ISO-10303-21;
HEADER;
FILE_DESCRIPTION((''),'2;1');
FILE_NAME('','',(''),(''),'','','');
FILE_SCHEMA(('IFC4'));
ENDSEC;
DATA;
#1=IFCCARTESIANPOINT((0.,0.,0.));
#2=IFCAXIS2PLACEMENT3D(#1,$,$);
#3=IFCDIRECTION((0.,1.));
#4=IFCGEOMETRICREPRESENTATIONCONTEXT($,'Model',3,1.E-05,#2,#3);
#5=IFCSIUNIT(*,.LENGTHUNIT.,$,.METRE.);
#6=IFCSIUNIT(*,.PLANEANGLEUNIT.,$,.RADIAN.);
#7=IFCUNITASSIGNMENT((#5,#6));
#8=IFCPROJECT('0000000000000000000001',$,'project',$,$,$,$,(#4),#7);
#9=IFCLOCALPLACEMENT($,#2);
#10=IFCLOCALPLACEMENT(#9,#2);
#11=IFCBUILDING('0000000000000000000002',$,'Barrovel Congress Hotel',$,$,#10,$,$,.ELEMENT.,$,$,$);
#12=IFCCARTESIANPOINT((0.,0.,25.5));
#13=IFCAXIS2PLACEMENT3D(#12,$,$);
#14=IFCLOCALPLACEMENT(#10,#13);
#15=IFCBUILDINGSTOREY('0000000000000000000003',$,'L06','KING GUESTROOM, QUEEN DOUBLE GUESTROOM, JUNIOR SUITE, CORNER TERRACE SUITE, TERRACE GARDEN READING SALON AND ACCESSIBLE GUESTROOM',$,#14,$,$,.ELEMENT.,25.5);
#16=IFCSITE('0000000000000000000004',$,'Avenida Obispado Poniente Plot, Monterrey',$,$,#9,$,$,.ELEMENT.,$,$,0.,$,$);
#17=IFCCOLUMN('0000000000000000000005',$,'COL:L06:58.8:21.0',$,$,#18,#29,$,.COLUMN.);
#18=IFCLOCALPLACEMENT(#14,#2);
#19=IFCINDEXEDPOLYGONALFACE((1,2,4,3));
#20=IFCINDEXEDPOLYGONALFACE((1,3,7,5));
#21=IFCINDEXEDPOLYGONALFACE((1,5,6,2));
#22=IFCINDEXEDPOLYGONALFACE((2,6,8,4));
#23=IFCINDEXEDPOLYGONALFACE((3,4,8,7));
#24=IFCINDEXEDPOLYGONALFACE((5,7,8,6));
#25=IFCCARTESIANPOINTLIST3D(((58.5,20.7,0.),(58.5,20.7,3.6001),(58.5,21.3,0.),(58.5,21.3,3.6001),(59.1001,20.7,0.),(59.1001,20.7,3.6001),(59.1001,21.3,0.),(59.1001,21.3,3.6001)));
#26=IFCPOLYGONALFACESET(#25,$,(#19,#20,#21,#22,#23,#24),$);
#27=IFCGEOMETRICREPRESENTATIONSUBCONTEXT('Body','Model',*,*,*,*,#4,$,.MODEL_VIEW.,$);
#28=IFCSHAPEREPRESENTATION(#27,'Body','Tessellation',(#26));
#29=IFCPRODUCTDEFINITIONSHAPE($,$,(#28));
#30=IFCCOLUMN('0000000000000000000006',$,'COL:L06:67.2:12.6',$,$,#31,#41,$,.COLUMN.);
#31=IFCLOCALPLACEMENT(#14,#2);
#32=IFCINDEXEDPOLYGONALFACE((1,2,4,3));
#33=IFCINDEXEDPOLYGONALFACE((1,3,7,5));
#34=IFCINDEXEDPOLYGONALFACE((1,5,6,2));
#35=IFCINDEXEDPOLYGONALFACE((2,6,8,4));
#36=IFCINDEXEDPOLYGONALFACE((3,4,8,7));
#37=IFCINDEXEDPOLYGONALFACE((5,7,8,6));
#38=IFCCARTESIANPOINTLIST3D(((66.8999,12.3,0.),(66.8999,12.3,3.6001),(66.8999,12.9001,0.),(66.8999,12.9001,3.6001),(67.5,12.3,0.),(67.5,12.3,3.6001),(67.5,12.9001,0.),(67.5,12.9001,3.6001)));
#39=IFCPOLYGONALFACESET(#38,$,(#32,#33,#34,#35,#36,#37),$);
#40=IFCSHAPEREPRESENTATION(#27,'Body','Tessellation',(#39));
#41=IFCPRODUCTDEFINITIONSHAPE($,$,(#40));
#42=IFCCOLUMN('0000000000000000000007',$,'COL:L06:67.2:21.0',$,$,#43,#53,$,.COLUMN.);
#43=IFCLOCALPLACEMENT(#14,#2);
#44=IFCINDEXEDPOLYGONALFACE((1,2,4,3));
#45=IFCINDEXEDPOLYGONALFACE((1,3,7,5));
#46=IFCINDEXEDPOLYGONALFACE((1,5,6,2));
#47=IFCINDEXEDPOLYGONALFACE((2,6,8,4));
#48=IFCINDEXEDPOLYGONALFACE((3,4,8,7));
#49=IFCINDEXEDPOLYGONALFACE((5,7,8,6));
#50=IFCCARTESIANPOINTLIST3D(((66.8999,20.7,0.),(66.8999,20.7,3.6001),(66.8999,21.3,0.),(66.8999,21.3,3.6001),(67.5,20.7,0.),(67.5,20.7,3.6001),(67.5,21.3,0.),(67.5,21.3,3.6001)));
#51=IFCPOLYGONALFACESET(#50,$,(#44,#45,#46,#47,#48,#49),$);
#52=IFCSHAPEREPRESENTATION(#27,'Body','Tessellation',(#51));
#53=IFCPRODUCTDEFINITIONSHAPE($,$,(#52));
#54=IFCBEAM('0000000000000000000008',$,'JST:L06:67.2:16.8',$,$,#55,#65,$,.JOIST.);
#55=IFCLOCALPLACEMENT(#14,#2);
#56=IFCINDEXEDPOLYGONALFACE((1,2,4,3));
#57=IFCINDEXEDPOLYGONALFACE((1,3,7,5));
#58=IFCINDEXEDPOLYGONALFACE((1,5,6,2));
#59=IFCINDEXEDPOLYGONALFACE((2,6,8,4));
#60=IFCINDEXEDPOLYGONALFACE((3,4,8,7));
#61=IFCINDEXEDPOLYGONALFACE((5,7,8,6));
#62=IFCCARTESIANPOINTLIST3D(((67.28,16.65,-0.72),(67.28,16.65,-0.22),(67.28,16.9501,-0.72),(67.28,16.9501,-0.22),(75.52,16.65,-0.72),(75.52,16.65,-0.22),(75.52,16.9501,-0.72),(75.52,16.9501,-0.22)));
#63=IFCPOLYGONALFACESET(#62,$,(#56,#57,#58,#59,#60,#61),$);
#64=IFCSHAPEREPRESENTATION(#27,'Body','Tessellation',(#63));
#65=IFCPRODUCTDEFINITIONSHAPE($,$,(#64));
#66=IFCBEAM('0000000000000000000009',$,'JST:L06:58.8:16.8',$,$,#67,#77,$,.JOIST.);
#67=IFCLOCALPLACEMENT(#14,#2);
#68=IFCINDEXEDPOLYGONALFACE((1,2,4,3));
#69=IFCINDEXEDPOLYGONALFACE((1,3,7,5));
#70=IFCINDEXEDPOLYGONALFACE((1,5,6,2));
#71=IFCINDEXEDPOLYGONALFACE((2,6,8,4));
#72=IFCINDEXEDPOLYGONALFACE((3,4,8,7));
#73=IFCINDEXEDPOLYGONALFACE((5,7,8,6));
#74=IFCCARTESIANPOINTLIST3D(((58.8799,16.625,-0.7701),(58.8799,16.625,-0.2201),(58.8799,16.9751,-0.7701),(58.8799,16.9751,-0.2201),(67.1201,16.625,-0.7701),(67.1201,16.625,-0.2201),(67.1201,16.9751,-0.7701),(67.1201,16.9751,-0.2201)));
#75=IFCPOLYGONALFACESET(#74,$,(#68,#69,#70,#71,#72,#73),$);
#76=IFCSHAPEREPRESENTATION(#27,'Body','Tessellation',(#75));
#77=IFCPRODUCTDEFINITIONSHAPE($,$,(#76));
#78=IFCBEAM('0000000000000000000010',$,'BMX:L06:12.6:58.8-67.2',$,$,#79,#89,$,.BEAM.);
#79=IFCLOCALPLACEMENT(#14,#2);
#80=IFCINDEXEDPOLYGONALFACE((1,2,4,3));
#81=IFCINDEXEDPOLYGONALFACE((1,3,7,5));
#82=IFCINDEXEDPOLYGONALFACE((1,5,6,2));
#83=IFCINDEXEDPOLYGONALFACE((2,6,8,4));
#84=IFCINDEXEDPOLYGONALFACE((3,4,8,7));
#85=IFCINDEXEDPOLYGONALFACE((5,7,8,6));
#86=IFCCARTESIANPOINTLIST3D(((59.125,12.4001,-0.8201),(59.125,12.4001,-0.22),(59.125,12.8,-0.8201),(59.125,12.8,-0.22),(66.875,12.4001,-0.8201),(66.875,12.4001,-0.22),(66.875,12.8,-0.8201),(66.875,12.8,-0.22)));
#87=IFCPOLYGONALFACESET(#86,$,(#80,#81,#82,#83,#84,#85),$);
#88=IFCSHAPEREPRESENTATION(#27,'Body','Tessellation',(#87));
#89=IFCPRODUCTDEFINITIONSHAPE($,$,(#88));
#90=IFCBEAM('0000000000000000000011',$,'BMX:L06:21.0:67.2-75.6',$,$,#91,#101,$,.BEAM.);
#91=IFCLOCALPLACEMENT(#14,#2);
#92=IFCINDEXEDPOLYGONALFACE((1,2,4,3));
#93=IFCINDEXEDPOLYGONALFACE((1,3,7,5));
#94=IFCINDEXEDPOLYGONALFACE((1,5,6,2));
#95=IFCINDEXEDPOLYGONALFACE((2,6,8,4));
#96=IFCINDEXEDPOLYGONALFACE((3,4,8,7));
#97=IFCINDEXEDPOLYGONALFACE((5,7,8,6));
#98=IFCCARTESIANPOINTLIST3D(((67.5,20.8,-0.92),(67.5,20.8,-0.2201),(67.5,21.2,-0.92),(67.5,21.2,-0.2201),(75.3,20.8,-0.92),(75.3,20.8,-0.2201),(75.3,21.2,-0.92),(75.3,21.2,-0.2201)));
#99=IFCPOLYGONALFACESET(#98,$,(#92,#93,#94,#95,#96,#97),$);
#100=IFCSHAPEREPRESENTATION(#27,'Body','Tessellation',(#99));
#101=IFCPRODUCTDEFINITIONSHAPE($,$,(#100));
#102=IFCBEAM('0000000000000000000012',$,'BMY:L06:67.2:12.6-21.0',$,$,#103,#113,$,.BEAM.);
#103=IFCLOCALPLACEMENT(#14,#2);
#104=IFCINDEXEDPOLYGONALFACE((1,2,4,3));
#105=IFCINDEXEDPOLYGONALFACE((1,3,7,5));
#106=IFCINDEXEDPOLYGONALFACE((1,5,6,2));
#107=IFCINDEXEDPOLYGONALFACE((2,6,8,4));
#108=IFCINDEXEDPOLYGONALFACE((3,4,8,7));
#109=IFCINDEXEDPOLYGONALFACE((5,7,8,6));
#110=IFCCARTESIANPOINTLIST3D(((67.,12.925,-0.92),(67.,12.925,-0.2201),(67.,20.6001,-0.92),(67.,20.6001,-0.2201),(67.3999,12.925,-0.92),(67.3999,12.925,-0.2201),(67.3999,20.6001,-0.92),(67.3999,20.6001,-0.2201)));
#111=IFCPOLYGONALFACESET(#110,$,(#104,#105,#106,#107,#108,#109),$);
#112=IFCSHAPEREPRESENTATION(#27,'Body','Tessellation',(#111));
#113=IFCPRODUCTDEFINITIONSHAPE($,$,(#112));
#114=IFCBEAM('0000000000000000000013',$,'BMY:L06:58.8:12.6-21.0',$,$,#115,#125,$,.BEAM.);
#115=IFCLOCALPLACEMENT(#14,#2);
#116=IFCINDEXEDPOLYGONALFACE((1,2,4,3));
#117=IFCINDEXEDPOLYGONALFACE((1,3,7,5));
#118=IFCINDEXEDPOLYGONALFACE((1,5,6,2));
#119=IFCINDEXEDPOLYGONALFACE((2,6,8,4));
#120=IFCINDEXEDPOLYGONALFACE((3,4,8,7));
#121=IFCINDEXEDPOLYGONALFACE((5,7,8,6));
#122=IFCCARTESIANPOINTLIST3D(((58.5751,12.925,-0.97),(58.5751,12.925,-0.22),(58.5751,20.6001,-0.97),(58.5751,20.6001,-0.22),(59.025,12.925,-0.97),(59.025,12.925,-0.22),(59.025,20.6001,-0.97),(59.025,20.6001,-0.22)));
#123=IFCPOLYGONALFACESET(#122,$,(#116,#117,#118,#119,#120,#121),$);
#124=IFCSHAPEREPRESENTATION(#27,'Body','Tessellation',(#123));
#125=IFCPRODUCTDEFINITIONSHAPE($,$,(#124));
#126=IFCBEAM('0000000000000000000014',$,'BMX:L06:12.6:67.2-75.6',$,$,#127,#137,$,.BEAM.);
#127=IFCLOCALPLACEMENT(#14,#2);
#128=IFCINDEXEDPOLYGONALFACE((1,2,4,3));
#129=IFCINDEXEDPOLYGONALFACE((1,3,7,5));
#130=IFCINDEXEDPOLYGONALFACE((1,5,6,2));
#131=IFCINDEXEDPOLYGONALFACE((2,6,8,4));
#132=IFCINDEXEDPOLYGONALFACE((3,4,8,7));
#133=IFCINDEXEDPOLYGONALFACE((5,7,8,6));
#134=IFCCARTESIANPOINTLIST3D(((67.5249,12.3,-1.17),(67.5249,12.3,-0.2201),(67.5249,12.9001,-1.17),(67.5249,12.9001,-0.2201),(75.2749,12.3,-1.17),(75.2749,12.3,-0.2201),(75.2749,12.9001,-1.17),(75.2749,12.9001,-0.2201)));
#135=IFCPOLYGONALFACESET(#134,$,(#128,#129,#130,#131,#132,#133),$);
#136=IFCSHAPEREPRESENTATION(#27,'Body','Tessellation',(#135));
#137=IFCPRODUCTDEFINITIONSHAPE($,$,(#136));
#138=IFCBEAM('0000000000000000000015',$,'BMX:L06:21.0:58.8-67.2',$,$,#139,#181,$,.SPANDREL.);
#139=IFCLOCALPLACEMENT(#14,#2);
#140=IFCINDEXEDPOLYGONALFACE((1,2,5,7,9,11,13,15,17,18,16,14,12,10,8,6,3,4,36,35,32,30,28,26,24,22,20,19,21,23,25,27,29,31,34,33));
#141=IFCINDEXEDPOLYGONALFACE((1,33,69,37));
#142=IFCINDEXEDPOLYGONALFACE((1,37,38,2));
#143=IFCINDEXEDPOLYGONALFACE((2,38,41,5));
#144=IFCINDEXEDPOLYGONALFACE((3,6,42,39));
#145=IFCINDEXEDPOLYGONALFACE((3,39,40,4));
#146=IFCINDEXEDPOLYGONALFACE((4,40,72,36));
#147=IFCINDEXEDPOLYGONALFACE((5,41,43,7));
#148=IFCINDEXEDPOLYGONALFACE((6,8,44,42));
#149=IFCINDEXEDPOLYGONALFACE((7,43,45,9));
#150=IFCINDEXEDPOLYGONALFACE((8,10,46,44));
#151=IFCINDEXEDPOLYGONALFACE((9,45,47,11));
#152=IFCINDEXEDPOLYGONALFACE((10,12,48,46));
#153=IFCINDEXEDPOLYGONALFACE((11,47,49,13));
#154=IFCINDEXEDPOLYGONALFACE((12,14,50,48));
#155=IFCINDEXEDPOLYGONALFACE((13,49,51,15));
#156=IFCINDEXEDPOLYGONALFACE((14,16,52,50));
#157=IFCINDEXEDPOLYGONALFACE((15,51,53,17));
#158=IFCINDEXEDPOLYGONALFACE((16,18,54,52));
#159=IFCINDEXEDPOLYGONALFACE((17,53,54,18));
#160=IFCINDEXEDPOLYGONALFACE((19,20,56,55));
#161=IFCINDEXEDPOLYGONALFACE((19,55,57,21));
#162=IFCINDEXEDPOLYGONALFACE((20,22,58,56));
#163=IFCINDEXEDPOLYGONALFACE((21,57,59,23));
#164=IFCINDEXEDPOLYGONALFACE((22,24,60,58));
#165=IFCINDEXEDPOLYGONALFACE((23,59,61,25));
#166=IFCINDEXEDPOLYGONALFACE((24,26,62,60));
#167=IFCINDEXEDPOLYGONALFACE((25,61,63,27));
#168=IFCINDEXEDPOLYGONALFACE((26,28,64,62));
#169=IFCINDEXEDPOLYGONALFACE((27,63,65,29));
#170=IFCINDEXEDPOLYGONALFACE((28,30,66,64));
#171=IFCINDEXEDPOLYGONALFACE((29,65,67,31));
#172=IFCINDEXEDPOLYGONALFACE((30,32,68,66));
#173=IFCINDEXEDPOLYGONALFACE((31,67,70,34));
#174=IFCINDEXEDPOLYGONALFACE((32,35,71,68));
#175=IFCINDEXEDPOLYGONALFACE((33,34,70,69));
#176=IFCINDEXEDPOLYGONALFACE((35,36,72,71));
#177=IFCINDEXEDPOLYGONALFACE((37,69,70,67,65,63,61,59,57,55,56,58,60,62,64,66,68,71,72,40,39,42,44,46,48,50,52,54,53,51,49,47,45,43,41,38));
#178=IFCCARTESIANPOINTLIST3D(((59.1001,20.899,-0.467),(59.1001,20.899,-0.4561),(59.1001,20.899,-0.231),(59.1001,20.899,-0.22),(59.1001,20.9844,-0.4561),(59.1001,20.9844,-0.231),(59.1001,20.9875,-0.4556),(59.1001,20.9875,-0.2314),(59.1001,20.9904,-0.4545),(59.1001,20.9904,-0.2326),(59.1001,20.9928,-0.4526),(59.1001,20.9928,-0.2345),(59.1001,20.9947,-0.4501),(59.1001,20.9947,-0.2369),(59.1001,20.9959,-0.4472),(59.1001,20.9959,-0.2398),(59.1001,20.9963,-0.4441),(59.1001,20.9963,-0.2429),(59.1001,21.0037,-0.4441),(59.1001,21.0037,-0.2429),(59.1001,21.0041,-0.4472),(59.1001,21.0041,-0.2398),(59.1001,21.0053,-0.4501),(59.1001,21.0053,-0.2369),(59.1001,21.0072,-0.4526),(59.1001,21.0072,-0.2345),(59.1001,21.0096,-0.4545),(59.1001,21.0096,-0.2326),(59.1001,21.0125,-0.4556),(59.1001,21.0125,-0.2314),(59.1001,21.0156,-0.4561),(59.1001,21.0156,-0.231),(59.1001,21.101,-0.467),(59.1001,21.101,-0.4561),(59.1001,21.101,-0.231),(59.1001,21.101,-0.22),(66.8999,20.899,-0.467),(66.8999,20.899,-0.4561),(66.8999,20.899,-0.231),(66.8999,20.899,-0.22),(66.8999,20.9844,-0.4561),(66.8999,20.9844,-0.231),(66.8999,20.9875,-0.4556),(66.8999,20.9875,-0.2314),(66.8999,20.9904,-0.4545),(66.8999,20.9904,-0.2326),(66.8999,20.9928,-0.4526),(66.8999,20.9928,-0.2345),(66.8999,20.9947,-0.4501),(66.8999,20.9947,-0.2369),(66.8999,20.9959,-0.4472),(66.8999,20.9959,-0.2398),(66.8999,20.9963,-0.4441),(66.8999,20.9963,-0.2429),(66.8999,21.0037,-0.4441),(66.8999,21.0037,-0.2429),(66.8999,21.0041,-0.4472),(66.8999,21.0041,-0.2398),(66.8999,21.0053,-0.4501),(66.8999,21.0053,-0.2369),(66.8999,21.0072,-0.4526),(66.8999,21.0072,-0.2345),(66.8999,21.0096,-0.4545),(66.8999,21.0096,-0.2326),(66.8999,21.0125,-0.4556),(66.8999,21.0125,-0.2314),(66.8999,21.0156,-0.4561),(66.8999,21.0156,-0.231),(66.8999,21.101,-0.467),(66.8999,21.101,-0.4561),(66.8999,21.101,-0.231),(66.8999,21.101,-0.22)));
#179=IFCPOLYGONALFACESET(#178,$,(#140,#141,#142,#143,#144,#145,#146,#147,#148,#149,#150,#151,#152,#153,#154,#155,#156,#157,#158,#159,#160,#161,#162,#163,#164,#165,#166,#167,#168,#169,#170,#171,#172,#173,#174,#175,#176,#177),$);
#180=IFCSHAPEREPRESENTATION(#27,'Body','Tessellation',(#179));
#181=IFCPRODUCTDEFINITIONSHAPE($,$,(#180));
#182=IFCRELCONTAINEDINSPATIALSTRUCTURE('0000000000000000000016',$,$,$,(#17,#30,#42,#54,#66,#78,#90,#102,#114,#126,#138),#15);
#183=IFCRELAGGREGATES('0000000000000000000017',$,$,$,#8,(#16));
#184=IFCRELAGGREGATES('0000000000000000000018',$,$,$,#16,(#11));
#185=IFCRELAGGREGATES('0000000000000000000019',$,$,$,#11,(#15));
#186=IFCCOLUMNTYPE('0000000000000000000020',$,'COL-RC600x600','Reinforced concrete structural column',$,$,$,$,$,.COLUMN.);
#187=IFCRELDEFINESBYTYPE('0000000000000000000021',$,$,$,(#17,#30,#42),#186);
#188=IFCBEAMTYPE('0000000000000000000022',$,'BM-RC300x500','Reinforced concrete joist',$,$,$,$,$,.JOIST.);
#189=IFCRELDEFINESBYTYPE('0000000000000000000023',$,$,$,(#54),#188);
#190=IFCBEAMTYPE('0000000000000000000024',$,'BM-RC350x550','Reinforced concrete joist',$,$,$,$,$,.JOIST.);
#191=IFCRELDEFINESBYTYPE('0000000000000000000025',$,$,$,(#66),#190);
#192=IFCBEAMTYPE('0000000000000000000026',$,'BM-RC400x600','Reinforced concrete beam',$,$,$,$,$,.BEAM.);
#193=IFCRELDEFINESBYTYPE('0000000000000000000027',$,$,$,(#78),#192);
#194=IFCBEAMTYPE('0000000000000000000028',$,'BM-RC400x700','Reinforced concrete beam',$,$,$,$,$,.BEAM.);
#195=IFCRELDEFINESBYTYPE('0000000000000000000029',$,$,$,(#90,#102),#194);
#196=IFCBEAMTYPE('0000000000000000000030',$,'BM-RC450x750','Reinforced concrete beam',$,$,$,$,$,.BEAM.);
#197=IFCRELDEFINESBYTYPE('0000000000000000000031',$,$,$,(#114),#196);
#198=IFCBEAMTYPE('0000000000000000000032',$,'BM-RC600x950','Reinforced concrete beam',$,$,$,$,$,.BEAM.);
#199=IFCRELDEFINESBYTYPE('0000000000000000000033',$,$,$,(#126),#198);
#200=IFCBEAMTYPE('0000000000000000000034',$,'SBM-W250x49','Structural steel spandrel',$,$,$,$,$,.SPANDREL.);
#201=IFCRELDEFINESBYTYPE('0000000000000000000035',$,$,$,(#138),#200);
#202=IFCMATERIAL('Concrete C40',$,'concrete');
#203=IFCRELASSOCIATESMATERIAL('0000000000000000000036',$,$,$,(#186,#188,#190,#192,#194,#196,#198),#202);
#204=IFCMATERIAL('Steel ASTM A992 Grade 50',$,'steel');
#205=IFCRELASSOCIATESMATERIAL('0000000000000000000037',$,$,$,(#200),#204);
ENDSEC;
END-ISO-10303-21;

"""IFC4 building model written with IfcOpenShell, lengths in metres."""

from ifc_helpers import new_model, si_unit, direction, frame, origin, origin_2d, place, context, subcontext, project, spatial, rectangle, i_section, extrude, material, material_profile, profile_set, type_object, element, save


model = new_model("IFC4")

# Units and contexts
model_context = context("Model", 3, precision=1e-05, world=origin(), true_north=direction((0.0, 1.0)))
body_context = subcontext(model_context, "Body", "Model", "MODEL_VIEW")
ifc_project = project(units=[si_unit("LENGTHUNIT", "METRE"), si_unit("PLANEANGLEUNIT", "RADIAN")], contexts=[model_context])

# Site, building, storey
site_placement = place(None, origin())
site = spatial("IfcSite", under=ifc_project, at=site_placement, Name="Avenida Obispado Poniente Plot, Monterrey", CompositionType="ELEMENT", RefElevation=0.0)
building_placement = place(site_placement, origin())
building = spatial("IfcBuilding", under=site, at=building_placement, Name="Barrovel Congress Hotel", CompositionType="ELEMENT")
storey_placement = place(building_placement, frame((0.0, 0.0, 25.5)))
storey = spatial("IfcBuildingStorey", under=building, at=storey_placement, Name="L06", Description="KING GUESTROOM, QUEEN DOUBLE GUESTROOM, JUNIOR SUITE, CORNER TERRACE SUITE, TERRACE GARDEN READING SALON AND ACCESSIBLE GUESTROOM", CompositionType="ELEMENT", Elevation=25.5)

# Columns
ifc_material_1 = material(Name="Concrete C40", Category="concrete")
ifc_material_profile_1 = material_profile(ifc_material_1, rectangle(XDim=0.6001, YDim=0.6001, at=origin_2d()), Name="RC600x600")
ifc_profile_set_1 = profile_set([ifc_material_profile_1], Name="Concrete C40")
column_type = type_object("IfcColumnType", Name="COL-RC600x600", Description="Reinforced concrete structural column", PredefinedType="COLUMN", material=ifc_profile_set_1)
for number, where, z_axis, x_axis, name in (
    (1, (58.8, 21.0, 0.0), (0.0, 0.0, 1.0), (1.0, 0.0, 0.0), "COL:L06:58.8:21.0"),
    (2, (67.2, 12.6001, 0.0), (0.0, 0.0, 1.0), (1.0, 0.0, 0.0), "COL:L06:67.2:12.6"),
    (3, (67.2, 21.0, 0.0), (0.0, 0.0, 1.0), (1.0, 0.0, 0.0), "COL:L06:67.2:21.0"),
):
    element("IfcColumn", number, at=place(storey_placement, frame(where, z_axis=z_axis, x_axis=x_axis)), inside=storey, type_object=column_type, Name=name, PredefinedType="COLUMN", context=body_context, shape_type="SweptSolid", body=[
        extrude(rectangle(XDim=0.6001, YDim=0.6001, at=origin_2d()), origin(), (0.0, 0.0, 1.0), 3.6001),
    ])

# Beams
ifc_material_profile_2 = material_profile(ifc_material_1, rectangle(XDim=0.3, YDim=0.5, at=origin_2d()), Name="RC300x500")
ifc_profile_set_2 = profile_set([ifc_material_profile_2], Name="Concrete C40")
beam_type_1 = type_object("IfcBeamType", Name="BM-RC300x500", Description="Reinforced concrete joist", PredefinedType="JOIST", material=ifc_profile_set_2)
beam_1_placement = place(storey_placement, frame((67.28, 16.8, -0.47), z_axis=(1.0, 0.0, 0.0), x_axis=(0.0, 1.0, 0.0)))
element("IfcBeam", 4, at=beam_1_placement, inside=storey, type_object=beam_type_1, Name="JST:L06:67.2:16.8", PredefinedType="JOIST", context=body_context, shape_type="SweptSolid", body=[
    extrude(rectangle(XDim=0.3, YDim=0.5, at=origin_2d()), origin(), (0.0, 0.0, 1.0), 8.24),
])
ifc_material_profile_3 = material_profile(ifc_material_1, rectangle(XDim=0.3501, YDim=0.55, at=origin_2d()), Name="RC350x550")
ifc_profile_set_3 = profile_set([ifc_material_profile_3], Name="Concrete C40")
beam_type_2 = type_object("IfcBeamType", Name="BM-RC350x550", Description="Reinforced concrete joist", PredefinedType="JOIST", material=ifc_profile_set_3)
beam_2_placement = place(storey_placement, frame((58.8799, 16.8, -0.4951), z_axis=(1.0, 0.0, 0.0), x_axis=(0.0, 1.0, 0.0)))
element("IfcBeam", 5, at=beam_2_placement, inside=storey, type_object=beam_type_2, Name="JST:L06:58.8:16.8", PredefinedType="JOIST", context=body_context, shape_type="SweptSolid", body=[
    extrude(rectangle(XDim=0.3501, YDim=0.55, at=origin_2d()), origin(), (0.0, 0.0, 1.0), 8.2402),
])
ifc_material_profile_4 = material_profile(ifc_material_1, rectangle(XDim=0.3999, YDim=0.6001, at=origin_2d()), Name="RC400x600")
ifc_profile_set_4 = profile_set([ifc_material_profile_4], Name="Concrete C40")
beam_type_3 = type_object("IfcBeamType", Name="BM-RC400x600", Description="Reinforced concrete beam", PredefinedType="BEAM", material=ifc_profile_set_4)
beam_3_placement = place(storey_placement, frame((59.125, 12.6001, -0.52), z_axis=(1.0, 0.0, 0.0), x_axis=(0.0, 1.0, 0.0)))
element("IfcBeam", 6, at=beam_3_placement, inside=storey, type_object=beam_type_3, Name="BMX:L06:12.6:58.8-67.2", PredefinedType="BEAM", context=body_context, shape_type="SweptSolid", body=[
    extrude(rectangle(XDim=0.3999, YDim=0.6001, at=origin_2d()), origin(), (0.0, 0.0, 1.0), 7.75),
])
ifc_material_profile_5 = material_profile(ifc_material_1, rectangle(XDim=0.3999, YDim=0.7, at=origin_2d()), Name="RC400x700")
ifc_profile_set_5 = profile_set([ifc_material_profile_5], Name="Concrete C40")
beam_type_4 = type_object("IfcBeamType", Name="BM-RC400x700", Description="Reinforced concrete beam", PredefinedType="BEAM", material=ifc_profile_set_5)
beam_4_placement = place(storey_placement, frame((67.5, 21.0, -0.5701), z_axis=(1.0, 0.0, 0.0), x_axis=(0.0, 1.0, 0.0)))
element("IfcBeam", 7, at=beam_4_placement, inside=storey, type_object=beam_type_4, Name="BMX:L06:21.0:67.2-75.6", PredefinedType="BEAM", context=body_context, shape_type="SweptSolid", body=[
    extrude(rectangle(XDim=0.3999, YDim=0.7, at=origin_2d()), origin(), (0.0, 0.0, 1.0), 7.8),
])
beam_5_placement = place(storey_placement, frame((67.2, 12.925, -0.5701), z_axis=(0.0, 1.0, 0.0), x_axis=(-1.0, 0.0, 0.0)))
element("IfcBeam", 8, at=beam_5_placement, inside=storey, type_object=beam_type_4, Name="BMY:L06:67.2:12.6-21.0", PredefinedType="BEAM", context=body_context, shape_type="SweptSolid", body=[
    extrude(rectangle(XDim=0.3999, YDim=0.7, at=origin_2d()), origin(), (0.0, 0.0, 1.0), 7.675),
])
ifc_material_profile_6 = material_profile(ifc_material_1, rectangle(XDim=0.45, YDim=0.75, at=origin_2d()), Name="RC450x750")
ifc_profile_set_6 = profile_set([ifc_material_profile_6], Name="Concrete C40")
beam_type_5 = type_object("IfcBeamType", Name="BM-RC450x750", Description="Reinforced concrete beam", PredefinedType="BEAM", material=ifc_profile_set_6)
beam_6_placement = place(storey_placement, frame((58.8, 12.925, -0.595), z_axis=(0.0, 1.0, 0.0), x_axis=(-1.0, 0.0, 0.0)))
element("IfcBeam", 9, at=beam_6_placement, inside=storey, type_object=beam_type_5, Name="BMY:L06:58.8:12.6-21.0", PredefinedType="BEAM", context=body_context, shape_type="SweptSolid", body=[
    extrude(rectangle(XDim=0.45, YDim=0.75, at=origin_2d()), origin(), (0.0, 0.0, 1.0), 7.675),
])
ifc_material_profile_7 = material_profile(ifc_material_1, rectangle(XDim=0.6001, YDim=0.95, at=origin_2d()), Name="RC600x950")
ifc_profile_set_7 = profile_set([ifc_material_profile_7], Name="Concrete C40")
beam_type_6 = type_object("IfcBeamType", Name="BM-RC600x950", Description="Reinforced concrete beam", PredefinedType="BEAM", material=ifc_profile_set_7)
beam_7_placement = place(storey_placement, frame((67.5249, 12.6001, -0.6951), z_axis=(1.0, 0.0, 0.0), x_axis=(0.0, 1.0, 0.0)))
element("IfcBeam", 10, at=beam_7_placement, inside=storey, type_object=beam_type_6, Name="BMX:L06:12.6:67.2-75.6", PredefinedType="BEAM", context=body_context, shape_type="SweptSolid", body=[
    extrude(rectangle(XDim=0.6001, YDim=0.95, at=origin_2d()), origin(), (0.0, 0.0, 1.0), 7.75),
])
ifc_material_2 = material(Name="Steel ASTM A992 Grade 50", Category="steel")
ifc_material_profile_8 = material_profile(ifc_material_2, i_section(OverallWidth=0.2019, OverallDepth=0.2471, WebThickness=0.0073, FlangeThickness=0.011, FilletRadius=0.012, at=origin_2d()), Name="W250x49")
ifc_profile_set_8 = profile_set([ifc_material_profile_8], Name="Steel ASTM A992 Grade 50")
beam_type_7 = type_object("IfcBeamType", Name="SBM-W250x49", Description="Structural steel spandrel", PredefinedType="SPANDREL", material=ifc_profile_set_8)
beam_8_placement = place(storey_placement, frame((59.1001, 21.0, -0.3435), z_axis=(1.0, 0.0, 0.0), x_axis=(0.0, 1.0, 0.0)))
element("IfcBeam", 11, at=beam_8_placement, inside=storey, type_object=beam_type_7, Name="BMX:L06:21.0:58.8-67.2", PredefinedType="SPANDREL", context=body_context, shape_type="SweptSolid", body=[
    extrude(i_section(OverallWidth=0.2019, OverallDepth=0.2471, WebThickness=0.0073, FlangeThickness=0.011, FilletRadius=0.012, at=origin_2d()), origin(), (0.0, 0.0, 1.0), 7.7998),
])

save(model, "model.ifc")
